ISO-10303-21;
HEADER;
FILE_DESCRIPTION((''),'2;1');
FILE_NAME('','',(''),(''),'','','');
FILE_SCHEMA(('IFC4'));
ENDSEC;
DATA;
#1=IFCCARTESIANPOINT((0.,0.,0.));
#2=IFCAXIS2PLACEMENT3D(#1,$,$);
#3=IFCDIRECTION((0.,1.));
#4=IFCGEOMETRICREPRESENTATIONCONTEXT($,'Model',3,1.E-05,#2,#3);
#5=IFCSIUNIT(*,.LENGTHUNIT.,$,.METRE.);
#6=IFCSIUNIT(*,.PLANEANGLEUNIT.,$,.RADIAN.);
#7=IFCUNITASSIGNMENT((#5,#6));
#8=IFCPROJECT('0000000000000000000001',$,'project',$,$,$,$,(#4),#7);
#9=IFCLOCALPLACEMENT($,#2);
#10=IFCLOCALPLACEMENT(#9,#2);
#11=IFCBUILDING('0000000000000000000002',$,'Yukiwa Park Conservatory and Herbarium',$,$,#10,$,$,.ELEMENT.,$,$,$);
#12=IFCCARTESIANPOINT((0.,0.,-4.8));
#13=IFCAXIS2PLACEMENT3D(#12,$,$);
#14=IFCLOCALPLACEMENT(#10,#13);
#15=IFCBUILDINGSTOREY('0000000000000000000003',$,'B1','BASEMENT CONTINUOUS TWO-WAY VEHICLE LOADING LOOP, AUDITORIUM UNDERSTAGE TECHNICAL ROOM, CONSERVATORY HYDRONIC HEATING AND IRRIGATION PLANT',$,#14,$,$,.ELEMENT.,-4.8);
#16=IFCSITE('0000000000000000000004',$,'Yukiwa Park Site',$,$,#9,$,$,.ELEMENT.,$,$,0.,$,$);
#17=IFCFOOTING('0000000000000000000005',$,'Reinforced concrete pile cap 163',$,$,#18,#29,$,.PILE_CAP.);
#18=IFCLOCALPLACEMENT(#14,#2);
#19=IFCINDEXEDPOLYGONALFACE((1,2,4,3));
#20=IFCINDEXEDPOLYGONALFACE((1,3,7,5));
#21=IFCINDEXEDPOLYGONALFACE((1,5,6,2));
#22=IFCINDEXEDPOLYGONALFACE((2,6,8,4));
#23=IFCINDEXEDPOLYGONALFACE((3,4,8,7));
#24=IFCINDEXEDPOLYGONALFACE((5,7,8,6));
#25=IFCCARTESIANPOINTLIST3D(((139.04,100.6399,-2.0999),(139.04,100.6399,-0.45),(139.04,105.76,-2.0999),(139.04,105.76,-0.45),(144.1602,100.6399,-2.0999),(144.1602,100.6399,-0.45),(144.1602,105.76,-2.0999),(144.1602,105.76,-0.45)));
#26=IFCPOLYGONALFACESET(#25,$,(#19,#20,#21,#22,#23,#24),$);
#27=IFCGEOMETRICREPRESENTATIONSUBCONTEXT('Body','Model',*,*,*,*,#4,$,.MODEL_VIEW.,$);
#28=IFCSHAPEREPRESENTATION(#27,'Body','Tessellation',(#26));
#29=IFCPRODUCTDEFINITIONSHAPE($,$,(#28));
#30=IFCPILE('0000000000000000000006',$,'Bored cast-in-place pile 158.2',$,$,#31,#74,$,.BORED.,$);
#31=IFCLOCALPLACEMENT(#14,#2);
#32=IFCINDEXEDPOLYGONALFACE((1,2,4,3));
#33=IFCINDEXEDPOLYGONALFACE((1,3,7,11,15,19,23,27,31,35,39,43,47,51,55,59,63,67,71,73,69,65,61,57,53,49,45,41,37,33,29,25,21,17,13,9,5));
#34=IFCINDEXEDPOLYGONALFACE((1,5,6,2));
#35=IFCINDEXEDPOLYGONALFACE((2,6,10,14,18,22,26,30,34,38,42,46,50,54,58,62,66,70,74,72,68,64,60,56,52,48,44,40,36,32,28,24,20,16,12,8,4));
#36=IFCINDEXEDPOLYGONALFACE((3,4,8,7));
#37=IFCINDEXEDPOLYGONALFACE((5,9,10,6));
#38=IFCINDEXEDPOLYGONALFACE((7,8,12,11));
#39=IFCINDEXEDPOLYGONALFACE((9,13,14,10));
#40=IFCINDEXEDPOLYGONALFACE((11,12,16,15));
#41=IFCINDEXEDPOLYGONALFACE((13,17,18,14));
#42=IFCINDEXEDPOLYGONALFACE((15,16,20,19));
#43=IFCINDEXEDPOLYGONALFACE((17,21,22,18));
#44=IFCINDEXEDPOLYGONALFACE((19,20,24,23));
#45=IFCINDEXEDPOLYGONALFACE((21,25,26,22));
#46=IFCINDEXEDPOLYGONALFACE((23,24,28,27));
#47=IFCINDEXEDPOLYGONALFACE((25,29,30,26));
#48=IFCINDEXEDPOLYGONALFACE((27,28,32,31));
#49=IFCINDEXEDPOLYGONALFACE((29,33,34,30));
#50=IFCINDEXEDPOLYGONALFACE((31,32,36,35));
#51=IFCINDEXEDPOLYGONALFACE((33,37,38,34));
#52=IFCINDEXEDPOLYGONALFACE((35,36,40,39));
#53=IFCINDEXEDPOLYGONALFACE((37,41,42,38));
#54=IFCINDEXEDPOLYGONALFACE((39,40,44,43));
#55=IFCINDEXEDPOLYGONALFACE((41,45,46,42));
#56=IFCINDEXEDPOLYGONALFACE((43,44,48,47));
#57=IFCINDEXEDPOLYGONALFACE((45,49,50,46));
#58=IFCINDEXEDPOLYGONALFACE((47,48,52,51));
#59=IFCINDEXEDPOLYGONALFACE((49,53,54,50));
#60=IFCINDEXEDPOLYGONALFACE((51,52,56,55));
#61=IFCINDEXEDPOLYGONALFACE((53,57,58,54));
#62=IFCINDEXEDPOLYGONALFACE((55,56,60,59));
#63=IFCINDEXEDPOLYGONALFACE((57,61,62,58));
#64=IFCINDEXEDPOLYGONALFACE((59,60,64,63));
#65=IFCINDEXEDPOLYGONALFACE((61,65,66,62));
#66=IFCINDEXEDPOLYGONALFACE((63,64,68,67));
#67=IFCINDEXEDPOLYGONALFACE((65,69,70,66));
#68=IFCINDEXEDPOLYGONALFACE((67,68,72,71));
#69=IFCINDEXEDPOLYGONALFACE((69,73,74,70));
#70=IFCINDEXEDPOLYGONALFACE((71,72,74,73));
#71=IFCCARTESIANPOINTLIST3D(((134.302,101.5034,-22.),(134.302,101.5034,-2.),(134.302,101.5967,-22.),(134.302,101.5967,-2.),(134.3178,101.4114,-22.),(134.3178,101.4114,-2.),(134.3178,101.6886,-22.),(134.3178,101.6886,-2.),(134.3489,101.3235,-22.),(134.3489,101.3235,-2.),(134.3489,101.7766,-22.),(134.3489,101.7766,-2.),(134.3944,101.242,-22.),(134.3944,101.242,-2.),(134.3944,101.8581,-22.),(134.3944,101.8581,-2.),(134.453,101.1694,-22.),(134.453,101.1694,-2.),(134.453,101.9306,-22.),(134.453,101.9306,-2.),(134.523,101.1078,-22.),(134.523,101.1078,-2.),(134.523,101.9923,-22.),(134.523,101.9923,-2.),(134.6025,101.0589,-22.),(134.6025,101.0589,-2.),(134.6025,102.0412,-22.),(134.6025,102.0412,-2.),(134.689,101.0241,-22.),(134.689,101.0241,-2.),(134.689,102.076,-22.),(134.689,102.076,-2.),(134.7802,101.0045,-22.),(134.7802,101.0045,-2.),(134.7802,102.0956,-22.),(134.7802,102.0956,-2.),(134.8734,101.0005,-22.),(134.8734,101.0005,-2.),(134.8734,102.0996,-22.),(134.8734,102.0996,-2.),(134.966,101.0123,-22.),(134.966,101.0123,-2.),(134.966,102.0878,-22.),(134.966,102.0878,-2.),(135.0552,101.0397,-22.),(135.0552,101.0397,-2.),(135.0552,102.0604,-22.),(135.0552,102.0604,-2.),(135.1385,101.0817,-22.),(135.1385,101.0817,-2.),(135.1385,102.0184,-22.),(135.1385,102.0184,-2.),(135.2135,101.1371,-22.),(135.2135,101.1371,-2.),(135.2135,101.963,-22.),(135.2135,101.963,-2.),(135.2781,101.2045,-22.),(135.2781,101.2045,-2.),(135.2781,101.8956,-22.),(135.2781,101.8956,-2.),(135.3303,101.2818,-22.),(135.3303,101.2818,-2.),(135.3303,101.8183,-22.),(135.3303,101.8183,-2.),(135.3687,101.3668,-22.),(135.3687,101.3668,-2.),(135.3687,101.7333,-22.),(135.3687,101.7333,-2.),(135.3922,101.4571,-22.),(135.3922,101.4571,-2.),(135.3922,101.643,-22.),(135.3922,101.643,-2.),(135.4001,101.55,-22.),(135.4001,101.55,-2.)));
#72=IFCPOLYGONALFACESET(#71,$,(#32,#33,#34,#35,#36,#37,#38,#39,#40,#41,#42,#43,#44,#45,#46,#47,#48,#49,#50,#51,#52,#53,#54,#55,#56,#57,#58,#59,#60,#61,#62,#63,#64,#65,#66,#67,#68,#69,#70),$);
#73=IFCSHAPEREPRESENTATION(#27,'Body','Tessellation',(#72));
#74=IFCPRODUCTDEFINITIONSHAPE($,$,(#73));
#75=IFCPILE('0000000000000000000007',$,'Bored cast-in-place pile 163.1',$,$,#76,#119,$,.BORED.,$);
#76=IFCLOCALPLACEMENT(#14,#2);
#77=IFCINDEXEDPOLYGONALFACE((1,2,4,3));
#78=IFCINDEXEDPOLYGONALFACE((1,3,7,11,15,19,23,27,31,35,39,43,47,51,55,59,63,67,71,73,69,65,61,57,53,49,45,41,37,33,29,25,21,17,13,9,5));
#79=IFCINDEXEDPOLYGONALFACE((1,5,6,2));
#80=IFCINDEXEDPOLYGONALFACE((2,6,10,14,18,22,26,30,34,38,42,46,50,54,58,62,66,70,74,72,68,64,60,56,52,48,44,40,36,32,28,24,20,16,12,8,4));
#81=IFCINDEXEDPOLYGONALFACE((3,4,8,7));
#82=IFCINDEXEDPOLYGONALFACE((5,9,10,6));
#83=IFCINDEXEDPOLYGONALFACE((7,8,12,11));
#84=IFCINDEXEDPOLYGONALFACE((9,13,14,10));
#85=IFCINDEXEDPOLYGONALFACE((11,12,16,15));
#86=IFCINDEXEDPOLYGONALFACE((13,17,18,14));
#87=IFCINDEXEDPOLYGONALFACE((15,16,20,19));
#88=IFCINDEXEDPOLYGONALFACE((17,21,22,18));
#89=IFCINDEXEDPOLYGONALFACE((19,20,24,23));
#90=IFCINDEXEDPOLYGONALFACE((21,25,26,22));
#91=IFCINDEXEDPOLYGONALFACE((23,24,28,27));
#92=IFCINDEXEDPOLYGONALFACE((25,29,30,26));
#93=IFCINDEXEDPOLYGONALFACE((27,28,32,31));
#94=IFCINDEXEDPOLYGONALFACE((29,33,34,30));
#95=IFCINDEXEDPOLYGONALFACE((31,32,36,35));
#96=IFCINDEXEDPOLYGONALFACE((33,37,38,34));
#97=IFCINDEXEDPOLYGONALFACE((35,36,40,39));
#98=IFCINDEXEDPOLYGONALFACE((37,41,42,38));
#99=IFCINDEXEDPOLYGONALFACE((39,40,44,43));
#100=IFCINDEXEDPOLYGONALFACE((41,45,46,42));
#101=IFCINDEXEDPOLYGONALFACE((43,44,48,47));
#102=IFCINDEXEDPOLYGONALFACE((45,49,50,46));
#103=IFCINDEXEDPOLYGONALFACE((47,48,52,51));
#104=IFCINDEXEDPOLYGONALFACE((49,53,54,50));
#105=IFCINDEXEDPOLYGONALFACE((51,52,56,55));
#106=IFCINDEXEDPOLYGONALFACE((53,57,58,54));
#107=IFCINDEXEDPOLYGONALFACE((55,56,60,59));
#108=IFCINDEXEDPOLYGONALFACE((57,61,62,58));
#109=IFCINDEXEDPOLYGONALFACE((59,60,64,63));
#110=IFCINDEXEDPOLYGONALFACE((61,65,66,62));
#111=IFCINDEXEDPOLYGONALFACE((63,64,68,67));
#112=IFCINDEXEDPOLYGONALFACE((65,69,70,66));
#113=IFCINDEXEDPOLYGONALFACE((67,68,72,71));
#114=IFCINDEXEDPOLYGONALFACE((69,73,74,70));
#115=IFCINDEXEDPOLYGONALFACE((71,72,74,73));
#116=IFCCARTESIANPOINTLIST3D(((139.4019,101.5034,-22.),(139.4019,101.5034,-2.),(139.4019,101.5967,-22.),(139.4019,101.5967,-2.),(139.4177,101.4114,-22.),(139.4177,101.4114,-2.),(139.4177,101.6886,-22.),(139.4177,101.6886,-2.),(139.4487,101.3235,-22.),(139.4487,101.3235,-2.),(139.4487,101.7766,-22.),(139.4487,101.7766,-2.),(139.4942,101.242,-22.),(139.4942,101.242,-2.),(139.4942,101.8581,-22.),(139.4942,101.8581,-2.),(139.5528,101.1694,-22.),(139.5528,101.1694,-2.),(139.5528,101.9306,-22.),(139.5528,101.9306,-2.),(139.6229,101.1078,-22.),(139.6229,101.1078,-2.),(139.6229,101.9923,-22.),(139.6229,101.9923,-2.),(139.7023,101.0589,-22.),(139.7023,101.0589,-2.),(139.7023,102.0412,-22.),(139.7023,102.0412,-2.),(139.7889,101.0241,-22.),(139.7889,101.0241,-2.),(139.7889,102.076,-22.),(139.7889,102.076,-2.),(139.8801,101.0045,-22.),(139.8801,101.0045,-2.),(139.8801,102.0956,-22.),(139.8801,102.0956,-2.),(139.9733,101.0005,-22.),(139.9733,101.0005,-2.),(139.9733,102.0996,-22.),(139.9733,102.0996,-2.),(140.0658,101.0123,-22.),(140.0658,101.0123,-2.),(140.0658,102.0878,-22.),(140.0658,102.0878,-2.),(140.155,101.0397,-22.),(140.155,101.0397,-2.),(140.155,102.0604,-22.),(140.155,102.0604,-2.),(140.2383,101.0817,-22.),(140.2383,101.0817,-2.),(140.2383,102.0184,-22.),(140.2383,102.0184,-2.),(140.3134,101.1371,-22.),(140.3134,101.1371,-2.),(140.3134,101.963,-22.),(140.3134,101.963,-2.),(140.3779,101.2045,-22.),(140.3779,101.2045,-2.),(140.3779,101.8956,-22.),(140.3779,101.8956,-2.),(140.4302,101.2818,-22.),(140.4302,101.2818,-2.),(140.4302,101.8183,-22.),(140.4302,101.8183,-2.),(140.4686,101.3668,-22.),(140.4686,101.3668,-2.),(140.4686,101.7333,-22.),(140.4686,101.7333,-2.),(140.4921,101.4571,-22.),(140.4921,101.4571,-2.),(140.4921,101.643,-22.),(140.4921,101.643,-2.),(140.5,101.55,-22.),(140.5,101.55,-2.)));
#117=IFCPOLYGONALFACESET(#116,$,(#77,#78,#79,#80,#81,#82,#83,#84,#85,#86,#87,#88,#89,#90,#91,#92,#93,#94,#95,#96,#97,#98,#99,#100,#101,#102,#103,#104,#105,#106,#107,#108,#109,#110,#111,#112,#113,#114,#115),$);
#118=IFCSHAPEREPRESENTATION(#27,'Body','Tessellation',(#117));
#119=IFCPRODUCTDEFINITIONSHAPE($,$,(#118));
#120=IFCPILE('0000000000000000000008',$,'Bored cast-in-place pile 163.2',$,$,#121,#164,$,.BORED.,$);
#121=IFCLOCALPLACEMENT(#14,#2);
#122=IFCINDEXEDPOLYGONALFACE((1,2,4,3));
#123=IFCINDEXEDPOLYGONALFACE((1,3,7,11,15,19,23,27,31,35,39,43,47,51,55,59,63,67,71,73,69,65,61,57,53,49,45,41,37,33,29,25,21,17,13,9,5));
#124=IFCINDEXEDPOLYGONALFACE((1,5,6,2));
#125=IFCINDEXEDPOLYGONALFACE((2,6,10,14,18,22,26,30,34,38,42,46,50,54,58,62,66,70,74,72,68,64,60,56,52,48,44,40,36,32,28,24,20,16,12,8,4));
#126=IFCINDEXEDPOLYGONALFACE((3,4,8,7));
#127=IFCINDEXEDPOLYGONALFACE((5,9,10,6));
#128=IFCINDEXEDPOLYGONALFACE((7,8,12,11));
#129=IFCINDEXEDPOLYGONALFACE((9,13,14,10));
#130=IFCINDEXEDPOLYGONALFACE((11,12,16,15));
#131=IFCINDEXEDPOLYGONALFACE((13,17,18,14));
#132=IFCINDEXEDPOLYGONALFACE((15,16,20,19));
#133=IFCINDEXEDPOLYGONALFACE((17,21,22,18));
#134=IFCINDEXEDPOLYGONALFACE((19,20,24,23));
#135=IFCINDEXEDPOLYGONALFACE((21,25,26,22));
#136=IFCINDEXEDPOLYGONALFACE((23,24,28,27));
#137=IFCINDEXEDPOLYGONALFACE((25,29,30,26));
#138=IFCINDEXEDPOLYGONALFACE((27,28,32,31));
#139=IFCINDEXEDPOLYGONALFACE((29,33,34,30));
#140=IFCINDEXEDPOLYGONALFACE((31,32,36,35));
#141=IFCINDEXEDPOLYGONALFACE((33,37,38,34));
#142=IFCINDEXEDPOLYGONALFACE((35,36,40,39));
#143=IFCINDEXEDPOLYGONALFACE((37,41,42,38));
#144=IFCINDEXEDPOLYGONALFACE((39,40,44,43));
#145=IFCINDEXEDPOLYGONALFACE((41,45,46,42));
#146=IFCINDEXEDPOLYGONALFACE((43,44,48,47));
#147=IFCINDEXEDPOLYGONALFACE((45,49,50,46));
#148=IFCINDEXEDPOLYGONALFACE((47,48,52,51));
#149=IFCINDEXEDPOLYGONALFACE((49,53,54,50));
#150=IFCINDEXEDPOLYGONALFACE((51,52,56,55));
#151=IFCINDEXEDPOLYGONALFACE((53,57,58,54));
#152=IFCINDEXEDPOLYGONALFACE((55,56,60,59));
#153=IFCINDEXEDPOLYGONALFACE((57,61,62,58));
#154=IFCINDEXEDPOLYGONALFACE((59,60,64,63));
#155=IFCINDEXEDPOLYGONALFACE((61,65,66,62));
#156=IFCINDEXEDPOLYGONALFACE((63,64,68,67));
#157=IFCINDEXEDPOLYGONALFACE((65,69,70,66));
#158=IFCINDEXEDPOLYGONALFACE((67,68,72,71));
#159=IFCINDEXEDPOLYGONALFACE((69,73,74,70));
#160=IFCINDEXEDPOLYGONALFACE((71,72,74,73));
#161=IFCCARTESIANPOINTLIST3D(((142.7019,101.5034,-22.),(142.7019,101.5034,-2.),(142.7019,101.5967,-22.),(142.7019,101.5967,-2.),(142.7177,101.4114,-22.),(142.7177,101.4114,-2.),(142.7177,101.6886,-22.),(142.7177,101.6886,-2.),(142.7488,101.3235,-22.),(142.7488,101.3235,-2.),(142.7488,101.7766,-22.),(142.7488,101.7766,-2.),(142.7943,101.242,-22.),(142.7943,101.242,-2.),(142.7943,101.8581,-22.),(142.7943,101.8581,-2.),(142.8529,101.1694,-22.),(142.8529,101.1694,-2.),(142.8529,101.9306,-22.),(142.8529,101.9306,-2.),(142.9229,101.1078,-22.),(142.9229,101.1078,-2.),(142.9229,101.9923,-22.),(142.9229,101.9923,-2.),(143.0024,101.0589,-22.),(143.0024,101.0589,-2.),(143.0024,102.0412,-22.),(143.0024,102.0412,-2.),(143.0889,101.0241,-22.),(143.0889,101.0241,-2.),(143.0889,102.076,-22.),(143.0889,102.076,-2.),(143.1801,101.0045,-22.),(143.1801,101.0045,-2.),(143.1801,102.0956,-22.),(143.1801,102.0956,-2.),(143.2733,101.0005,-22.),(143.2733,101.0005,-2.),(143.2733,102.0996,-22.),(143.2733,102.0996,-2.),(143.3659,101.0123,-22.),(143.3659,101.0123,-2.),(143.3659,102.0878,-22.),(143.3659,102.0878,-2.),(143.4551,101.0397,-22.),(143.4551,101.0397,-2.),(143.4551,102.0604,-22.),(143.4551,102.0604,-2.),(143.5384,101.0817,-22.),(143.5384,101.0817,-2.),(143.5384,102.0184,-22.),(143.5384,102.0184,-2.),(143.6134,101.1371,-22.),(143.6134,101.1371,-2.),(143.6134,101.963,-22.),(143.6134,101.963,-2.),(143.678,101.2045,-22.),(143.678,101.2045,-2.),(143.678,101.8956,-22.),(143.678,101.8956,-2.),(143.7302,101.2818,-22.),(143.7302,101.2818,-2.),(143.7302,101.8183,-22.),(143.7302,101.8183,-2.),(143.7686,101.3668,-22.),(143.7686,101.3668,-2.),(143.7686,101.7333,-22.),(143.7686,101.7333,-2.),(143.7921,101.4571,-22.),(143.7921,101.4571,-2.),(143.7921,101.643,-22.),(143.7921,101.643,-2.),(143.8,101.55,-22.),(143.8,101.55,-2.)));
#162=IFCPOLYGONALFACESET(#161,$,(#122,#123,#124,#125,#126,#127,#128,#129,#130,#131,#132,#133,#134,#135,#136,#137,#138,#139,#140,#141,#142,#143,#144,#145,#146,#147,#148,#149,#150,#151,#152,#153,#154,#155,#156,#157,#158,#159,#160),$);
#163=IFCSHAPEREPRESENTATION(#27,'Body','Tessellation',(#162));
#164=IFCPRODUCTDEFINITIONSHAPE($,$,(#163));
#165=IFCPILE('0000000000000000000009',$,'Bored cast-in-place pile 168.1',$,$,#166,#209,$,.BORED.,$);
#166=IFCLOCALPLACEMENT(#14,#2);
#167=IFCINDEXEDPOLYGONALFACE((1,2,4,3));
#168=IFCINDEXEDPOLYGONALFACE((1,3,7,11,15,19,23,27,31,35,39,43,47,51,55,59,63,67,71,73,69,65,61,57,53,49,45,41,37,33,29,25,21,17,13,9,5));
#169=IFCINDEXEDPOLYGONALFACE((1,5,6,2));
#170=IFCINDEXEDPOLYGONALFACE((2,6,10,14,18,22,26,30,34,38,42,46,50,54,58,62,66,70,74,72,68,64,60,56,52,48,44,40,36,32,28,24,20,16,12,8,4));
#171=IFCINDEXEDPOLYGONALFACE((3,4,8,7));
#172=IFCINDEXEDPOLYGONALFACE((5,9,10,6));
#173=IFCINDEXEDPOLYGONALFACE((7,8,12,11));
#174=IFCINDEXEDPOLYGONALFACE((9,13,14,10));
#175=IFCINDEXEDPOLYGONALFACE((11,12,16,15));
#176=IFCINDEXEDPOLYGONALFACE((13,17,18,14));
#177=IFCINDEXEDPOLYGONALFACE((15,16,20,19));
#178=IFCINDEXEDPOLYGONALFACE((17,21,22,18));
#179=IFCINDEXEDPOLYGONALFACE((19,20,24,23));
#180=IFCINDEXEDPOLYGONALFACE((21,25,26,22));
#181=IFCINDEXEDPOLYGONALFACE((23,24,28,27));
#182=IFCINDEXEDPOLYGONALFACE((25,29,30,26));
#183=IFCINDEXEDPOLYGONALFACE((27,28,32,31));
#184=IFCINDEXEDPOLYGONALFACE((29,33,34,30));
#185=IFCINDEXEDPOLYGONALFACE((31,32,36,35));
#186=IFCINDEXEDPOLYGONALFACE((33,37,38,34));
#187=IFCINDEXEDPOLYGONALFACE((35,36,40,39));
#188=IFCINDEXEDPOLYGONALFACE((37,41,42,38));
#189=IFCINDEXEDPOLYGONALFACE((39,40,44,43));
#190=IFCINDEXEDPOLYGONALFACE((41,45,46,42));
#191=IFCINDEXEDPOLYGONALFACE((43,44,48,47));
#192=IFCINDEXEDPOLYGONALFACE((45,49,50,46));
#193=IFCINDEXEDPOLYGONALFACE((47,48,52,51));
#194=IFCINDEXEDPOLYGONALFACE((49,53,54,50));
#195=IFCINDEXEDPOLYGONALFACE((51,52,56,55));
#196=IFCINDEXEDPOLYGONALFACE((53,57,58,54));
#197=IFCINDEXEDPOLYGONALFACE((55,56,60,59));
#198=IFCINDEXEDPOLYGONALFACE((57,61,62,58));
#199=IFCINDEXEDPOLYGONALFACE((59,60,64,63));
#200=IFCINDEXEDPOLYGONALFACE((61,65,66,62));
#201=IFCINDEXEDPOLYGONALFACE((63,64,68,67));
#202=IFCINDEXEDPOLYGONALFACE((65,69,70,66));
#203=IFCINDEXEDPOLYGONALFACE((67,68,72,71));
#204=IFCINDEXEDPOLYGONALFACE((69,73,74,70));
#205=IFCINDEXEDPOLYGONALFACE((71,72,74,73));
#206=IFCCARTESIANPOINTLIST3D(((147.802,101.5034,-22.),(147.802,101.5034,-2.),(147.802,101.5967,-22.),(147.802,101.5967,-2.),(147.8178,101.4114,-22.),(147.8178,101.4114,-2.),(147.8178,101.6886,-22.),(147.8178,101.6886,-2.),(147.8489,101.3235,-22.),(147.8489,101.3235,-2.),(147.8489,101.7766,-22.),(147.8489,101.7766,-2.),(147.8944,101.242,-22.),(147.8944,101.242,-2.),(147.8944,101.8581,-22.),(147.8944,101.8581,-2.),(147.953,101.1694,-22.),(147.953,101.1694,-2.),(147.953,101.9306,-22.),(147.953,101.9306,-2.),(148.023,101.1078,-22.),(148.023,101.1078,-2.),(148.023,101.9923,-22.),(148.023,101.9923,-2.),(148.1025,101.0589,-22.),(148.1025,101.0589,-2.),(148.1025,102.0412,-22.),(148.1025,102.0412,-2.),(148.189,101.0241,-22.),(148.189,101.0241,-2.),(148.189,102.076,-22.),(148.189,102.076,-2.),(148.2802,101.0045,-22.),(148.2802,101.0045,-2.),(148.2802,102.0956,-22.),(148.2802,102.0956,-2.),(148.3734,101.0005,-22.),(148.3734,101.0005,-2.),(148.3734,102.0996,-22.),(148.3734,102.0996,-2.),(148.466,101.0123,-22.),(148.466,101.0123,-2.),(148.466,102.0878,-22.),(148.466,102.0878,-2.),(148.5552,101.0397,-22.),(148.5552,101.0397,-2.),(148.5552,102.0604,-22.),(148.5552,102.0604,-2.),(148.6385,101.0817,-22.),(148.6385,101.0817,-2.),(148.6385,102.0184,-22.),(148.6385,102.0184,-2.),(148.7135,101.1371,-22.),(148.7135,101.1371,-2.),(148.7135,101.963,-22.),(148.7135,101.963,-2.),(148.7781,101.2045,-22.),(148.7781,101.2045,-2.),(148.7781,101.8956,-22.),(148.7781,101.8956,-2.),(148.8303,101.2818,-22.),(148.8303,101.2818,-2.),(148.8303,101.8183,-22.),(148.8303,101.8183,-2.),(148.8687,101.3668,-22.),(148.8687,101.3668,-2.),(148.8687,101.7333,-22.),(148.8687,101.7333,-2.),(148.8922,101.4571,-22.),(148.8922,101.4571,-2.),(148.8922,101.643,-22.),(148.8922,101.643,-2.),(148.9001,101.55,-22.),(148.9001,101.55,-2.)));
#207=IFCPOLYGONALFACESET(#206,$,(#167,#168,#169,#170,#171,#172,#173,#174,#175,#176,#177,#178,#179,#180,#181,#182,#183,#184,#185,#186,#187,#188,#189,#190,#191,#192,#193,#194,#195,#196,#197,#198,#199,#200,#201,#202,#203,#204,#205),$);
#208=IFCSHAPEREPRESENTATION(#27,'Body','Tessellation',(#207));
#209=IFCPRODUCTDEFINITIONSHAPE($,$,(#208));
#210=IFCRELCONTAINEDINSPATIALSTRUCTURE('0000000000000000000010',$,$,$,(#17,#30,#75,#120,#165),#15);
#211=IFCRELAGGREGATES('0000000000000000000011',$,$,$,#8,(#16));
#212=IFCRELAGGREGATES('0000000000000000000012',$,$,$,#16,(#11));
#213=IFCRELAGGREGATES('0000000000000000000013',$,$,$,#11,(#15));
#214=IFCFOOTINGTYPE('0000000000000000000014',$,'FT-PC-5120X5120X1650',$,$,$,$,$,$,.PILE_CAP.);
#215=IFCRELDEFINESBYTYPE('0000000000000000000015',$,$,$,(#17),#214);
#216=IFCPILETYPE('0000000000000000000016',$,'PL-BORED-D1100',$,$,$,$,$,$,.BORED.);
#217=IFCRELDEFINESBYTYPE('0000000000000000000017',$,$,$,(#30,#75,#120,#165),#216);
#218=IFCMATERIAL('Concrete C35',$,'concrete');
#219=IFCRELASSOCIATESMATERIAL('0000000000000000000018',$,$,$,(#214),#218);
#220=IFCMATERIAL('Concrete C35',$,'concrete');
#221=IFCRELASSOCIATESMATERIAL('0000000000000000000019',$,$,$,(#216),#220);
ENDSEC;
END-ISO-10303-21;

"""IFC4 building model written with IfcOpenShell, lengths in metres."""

from ifc_helpers import new_model, si_unit, direction, frame, origin, origin_2d, place, context, subcontext, project, spatial, rectangle, circle, extrude, material, material_profile, profile_set, type_object, element, save


model = new_model("IFC4")

# Units and contexts
model_context = context("Model", 3, precision=1e-05, world=origin(), true_north=direction((0.0, 1.0)))
body_context = subcontext(model_context, "Body", "Model", "MODEL_VIEW")
ifc_project = project(units=[si_unit("LENGTHUNIT", "METRE"), si_unit("PLANEANGLEUNIT", "RADIAN")], contexts=[model_context])

# Site, building, storey
site_placement = place(None, origin())
site = spatial("IfcSite", under=ifc_project, at=site_placement, Name="Yukiwa Park Site", CompositionType="ELEMENT", RefElevation=0.0)
building_placement = place(site_placement, origin())
building = spatial("IfcBuilding", under=site, at=building_placement, Name="Yukiwa Park Conservatory and Herbarium", CompositionType="ELEMENT")
storey_placement = place(building_placement, frame((0.0, 0.0, -4.8)))
storey = spatial("IfcBuildingStorey", under=building, at=storey_placement, Name="B1", Description="BASEMENT CONTINUOUS TWO-WAY VEHICLE LOADING LOOP, AUDITORIUM UNDERSTAGE TECHNICAL ROOM, CONSERVATORY HYDRONIC HEATING AND IRRIGATION PLANT", CompositionType="ELEMENT", Elevation=-4.8)

# Footing
ifc_material_1 = material(Name="Concrete C35", Category="concrete")
footing_type = type_object("IfcFootingType", Name="FT-PC-5120X5120X1650", PredefinedType="PILE_CAP", material=ifc_material_1)
footing_placement = place(storey_placement, frame((141.6001, 103.2, -2.0999), z_axis=(0.0, 0.0, 1.0), x_axis=(1.0, 0.0, 0.0)))
element("IfcFooting", 1, at=footing_placement, inside=storey, type_object=footing_type, Name="Reinforced concrete pile cap 163", PredefinedType="PILE_CAP", context=body_context, shape_type="SweptSolid", body=[
    extrude(rectangle(XDim=5.1201, YDim=5.1201, at=origin_2d()), origin(), (0.0, 0.0, 1.0), 1.6499),
])

# Piles
ifc_material_2 = material(Name="Concrete C35", Category="concrete")
ifc_material_profile = material_profile(ifc_material_2, circle(Radius=0.55, at=origin_2d()), Name="PILE D1100")
ifc_profile_set = profile_set([ifc_material_profile], Name="Concrete C35")
pile_type = type_object("IfcPileType", Name="PL-BORED-D1100", PredefinedType="BORED", material=ifc_profile_set)
for number, where, z_axis, x_axis, name in (
    (2, (134.8501, 101.55, -2.0), (0.0, 0.0, -1.0), (1.0, 0.0, 0.0), "Bored cast-in-place pile 158.2"),
    (3, (139.95, 101.55, -2.0), (0.0, 0.0, -1.0), (1.0, 0.0, 0.0), "Bored cast-in-place pile 163.1"),
    (4, (143.25, 101.55, -2.0), (0.0, 0.0, -1.0), (1.0, 0.0, 0.0), "Bored cast-in-place pile 163.2"),
    (5, (148.3501, 101.55, -2.0), (0.0, 0.0, -1.0), (1.0, 0.0, 0.0), "Bored cast-in-place pile 168.1"),
):
    element("IfcPile", number, at=place(storey_placement, frame(where, z_axis=z_axis, x_axis=x_axis)), inside=storey, type_object=pile_type, Name=name, PredefinedType="BORED", context=body_context, shape_type="SweptSolid", body=[
        extrude(circle(Radius=0.55, at=origin_2d()), origin(), (0.0, 0.0, 1.0), 20.0),
    ])

save(model, "model.ifc")
